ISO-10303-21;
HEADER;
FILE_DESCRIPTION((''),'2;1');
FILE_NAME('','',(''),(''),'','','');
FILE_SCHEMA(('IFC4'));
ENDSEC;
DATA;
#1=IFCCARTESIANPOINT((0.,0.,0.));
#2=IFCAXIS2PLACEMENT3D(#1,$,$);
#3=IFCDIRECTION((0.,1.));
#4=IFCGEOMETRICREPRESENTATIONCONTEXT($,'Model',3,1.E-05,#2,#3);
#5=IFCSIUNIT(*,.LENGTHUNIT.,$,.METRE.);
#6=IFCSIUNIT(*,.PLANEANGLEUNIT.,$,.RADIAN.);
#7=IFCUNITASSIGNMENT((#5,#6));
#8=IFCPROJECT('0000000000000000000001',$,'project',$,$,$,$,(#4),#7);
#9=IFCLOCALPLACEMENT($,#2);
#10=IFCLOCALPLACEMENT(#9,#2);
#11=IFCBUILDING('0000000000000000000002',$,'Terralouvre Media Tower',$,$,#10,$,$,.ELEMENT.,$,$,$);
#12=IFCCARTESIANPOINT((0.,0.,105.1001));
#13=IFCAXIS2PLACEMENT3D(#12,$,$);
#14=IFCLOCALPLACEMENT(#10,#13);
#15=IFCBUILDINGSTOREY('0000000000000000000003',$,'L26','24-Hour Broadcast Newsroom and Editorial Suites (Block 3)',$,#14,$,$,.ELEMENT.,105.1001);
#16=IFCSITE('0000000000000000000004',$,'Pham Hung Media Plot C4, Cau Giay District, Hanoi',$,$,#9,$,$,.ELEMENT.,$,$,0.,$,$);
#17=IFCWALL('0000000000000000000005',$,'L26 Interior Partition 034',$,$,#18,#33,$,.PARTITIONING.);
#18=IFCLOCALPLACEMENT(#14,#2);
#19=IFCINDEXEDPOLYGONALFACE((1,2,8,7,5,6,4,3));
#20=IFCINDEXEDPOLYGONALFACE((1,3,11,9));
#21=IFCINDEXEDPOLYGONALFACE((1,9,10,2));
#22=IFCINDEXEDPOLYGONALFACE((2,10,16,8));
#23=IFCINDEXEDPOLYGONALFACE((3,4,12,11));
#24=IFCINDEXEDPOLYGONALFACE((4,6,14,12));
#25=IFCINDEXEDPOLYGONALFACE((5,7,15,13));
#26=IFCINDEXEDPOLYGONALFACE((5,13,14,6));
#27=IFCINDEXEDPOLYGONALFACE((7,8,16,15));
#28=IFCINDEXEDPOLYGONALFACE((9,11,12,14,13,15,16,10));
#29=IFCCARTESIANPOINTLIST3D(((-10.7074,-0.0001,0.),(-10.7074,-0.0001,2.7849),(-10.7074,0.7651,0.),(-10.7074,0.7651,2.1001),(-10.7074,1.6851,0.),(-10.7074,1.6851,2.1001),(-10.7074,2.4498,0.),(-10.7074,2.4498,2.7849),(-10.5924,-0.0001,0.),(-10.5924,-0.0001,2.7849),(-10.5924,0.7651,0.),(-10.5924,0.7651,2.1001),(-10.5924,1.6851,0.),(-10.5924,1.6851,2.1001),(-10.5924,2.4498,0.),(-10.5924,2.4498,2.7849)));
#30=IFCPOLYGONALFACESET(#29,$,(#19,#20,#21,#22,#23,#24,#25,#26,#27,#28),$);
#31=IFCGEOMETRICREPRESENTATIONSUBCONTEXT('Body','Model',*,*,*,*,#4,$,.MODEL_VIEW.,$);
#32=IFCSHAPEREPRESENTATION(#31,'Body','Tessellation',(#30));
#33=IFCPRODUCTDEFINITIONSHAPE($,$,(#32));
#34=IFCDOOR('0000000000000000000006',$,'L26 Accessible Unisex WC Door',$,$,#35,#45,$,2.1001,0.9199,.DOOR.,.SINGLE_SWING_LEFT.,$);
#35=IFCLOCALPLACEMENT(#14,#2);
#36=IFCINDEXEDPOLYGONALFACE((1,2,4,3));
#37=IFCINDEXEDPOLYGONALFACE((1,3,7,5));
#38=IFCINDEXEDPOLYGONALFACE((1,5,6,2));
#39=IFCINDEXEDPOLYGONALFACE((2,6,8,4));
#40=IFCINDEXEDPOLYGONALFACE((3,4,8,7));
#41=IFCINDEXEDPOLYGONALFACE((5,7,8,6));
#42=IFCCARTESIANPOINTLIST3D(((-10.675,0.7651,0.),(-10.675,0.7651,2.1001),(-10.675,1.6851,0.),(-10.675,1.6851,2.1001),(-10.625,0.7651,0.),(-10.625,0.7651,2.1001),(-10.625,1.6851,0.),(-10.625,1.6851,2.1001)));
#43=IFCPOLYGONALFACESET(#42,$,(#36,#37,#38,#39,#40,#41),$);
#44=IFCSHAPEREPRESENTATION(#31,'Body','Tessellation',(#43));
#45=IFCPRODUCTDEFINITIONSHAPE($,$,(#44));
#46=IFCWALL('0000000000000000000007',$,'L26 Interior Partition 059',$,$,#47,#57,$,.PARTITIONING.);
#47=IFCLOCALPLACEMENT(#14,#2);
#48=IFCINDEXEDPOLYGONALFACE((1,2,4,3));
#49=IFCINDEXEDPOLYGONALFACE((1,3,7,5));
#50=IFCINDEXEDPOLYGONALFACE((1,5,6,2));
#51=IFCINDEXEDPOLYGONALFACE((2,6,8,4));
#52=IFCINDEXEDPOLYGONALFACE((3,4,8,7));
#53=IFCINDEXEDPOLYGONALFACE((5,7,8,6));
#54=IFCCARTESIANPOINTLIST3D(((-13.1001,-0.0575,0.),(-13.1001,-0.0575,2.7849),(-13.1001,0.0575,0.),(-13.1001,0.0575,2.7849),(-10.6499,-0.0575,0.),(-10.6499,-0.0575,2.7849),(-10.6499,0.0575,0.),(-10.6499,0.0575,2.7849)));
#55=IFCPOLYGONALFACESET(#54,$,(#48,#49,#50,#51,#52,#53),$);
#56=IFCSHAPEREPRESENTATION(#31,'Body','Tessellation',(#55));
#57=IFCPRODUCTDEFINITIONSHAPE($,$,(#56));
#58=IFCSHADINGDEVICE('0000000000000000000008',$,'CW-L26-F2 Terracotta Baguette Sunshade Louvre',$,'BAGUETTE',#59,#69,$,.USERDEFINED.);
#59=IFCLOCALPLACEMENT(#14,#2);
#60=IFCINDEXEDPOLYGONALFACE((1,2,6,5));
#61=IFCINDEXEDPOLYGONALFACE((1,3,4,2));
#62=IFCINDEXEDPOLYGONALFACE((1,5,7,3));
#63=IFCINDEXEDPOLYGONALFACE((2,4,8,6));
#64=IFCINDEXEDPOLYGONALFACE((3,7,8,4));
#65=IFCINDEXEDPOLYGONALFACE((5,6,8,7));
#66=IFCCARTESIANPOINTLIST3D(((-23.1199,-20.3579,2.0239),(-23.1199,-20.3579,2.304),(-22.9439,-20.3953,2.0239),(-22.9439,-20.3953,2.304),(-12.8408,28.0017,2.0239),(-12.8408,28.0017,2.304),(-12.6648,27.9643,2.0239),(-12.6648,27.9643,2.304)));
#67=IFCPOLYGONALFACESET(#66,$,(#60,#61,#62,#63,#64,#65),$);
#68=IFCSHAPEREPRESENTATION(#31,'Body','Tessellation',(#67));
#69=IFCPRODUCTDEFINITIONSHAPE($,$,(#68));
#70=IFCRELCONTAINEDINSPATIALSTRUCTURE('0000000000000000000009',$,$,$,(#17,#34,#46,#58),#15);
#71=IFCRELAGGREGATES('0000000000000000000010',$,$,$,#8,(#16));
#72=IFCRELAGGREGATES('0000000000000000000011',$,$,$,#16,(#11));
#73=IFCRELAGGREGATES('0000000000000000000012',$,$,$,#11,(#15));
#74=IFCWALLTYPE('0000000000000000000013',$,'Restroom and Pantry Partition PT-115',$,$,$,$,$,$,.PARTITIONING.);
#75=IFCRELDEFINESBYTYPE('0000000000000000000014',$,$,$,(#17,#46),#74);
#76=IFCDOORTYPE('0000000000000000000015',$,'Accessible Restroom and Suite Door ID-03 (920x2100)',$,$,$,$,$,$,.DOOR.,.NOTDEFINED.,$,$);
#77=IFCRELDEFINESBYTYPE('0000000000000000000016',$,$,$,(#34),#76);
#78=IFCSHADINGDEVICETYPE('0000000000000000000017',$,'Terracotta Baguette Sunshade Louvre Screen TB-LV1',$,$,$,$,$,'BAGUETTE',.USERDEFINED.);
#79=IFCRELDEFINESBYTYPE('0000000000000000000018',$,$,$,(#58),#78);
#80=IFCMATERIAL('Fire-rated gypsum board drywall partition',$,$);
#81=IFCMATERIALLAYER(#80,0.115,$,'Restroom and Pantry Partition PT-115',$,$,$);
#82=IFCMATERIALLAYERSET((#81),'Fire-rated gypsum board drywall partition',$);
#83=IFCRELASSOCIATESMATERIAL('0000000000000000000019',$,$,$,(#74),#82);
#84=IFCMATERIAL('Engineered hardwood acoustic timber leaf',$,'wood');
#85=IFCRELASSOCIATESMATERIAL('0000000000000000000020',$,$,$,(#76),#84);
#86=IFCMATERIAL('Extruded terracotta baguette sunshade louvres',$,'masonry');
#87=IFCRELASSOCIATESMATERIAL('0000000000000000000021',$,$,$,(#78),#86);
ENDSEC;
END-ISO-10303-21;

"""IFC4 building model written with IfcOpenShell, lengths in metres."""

from ifc_helpers import new_model, si_unit, direction, frame, frame_2d, origin, origin_2d, place, context, subcontext, project, spatial, rectangle, extrude, material, layer, layer_set, type_object, element, fill, save


model = new_model("IFC4")

# Units and contexts
model_context = context("Model", 3, precision=1e-05, world=origin(), true_north=direction((0.0, 1.0)))
body_context = subcontext(model_context, "Body", "Model", "MODEL_VIEW")
ifc_project = project(units=[si_unit("LENGTHUNIT", "METRE"), si_unit("PLANEANGLEUNIT", "RADIAN")], contexts=[model_context])

# Site, building, storey
site_placement = place(None, origin())
site = spatial("IfcSite", under=ifc_project, at=site_placement, Name="Pham Hung Media Plot C4, Cau Giay District, Hanoi", CompositionType="ELEMENT", RefElevation=0.0)
building_placement = place(site_placement, origin())
building = spatial("IfcBuilding", under=site, at=building_placement, Name="Terralouvre Media Tower", CompositionType="ELEMENT")
storey_placement = place(building_placement, frame((0.0, 0.0, 105.1001)))
storey = spatial("IfcBuildingStorey", under=building, at=storey_placement, Name="L26", Description="24-Hour Broadcast Newsroom and Editorial Suites (Block 3)", CompositionType="ELEMENT", Elevation=105.1001)

# Wall, opening, door
ifc_material_1 = material(Name="Fire-rated gypsum board drywall partition")
ifc_layer_1 = layer(ifc_material_1, 0.115, Name="Restroom and Pantry Partition PT-115")
ifc_layer_set_1 = layer_set([ifc_layer_1], Name="Fire-rated gypsum board drywall partition")
wall_type_1 = type_object("IfcWallType", Name="Restroom and Pantry Partition PT-115", PredefinedType="PARTITIONING", material=ifc_layer_set_1)
ifc_material_2 = material(Name="Engineered hardwood acoustic timber leaf", Category="wood")
door_type_1 = type_object("IfcDoorType", Name="Accessible Restroom and Suite Door ID-03 (920x2100)", OperationType="NOTDEFINED", PredefinedType="DOOR", material=ifc_material_2)
wall_1_placement = place(storey_placement, frame((-10.6499, 2.45, 0.0), z_axis=(0.0, 0.0, 1.0), x_axis=(0.0, -1.0, 0.0)))
wall_1 = element("IfcWall", 1, at=wall_1_placement, inside=storey, type_object=wall_type_1, Name="L26 Interior Partition 034", PredefinedType="PARTITIONING", context=body_context, shape_type="SweptSolid", body=[
    extrude(rectangle(XDim=2.45, YDim=0.115, at=frame_2d((1.2251, 0.0))), origin(), (0.0, 0.0, 1.0), 2.7849),
])
opening_1_placement = place(wall_1_placement, frame((0.7649, 0.0, 0.0)))
opening_1 = element("IfcOpeningElement", 2, at=opening_1_placement, cuts=wall_1, PredefinedType="OPENING", context=body_context, shape_type="SweptSolid", body=[
    extrude(rectangle(XDim=0.9199, YDim=2.1001, at=frame_2d((0.46, 1.05))), frame((0.0, 0.0674, 0.0), z_axis=(0.0, -1.0, 0.0), x_axis=(1.0, 0.0, 0.0)), (0.0, 0.0, 1.0), 0.135),
])
door_1_placement = place(opening_1_placement, origin())
door_1 = element("IfcDoor", 3, at=door_1_placement, inside=storey, type_object=door_type_1, Name="L26 Accessible Unisex WC Door", OperationType="SINGLE_SWING_LEFT", OverallHeight=2.1001, OverallWidth=0.9199, PredefinedType="DOOR", context=body_context, shape_type="SweptSolid", body=[
    extrude(rectangle(XDim=0.9199, YDim=2.1001, at=frame_2d((0.46, 1.05))), frame((0.0, 0.0249, 0.0), z_axis=(0.0, -1.0, 0.0), x_axis=(1.0, 0.0, 0.0)), (0.0, 0.0, 1.0), 0.05),
])
fill(opening_1, door_1)

# Wall
wall_2_placement = place(storey_placement, frame((-10.6499, 0.0, 0.0), z_axis=(0.0, 0.0, 1.0), x_axis=(-1.0, 0.0, 0.0)))
element("IfcWall", 4, at=wall_2_placement, inside=storey, type_object=wall_type_1, Name="L26 Interior Partition 059", PredefinedType="PARTITIONING", context=body_context, shape_type="SweptSolid", body=[
    extrude(rectangle(XDim=2.4502, YDim=0.115, at=frame_2d((1.2251, 0.0))), origin(), (0.0, 0.0, 1.0), 2.7849),
])

# Shading device
ifc_material_3 = material(Name="Extruded terracotta baguette sunshade louvres", Category="masonry")
shading_device_type = type_object("IfcShadingDeviceType", Name="Terracotta Baguette Sunshade Louvre Screen TB-LV1", ElementType="BAGUETTE", PredefinedType="USERDEFINED", material=ifc_material_3)
shading_device_placement = place(storey_placement, frame((-17.8923, 3.8032, 2.0239), z_axis=(0.0, 0.0, 1.0), x_axis=(-0.207912, -0.978148, 0.0)))
element("IfcShadingDevice", 5, at=shading_device_placement, inside=storey, type_object=shading_device_type, Name="CW-L26-F2 Terracotta Baguette Sunshade Louvre", ObjectType="BAGUETTE", PredefinedType="USERDEFINED", context=body_context, shape_type="SweptSolid", body=[
    extrude(rectangle(XDim=49.4399, YDim=0.1799, at=origin_2d()), origin(), (0.0, 0.0, 1.0), 0.28),
])

save(model, "model.ifc")
